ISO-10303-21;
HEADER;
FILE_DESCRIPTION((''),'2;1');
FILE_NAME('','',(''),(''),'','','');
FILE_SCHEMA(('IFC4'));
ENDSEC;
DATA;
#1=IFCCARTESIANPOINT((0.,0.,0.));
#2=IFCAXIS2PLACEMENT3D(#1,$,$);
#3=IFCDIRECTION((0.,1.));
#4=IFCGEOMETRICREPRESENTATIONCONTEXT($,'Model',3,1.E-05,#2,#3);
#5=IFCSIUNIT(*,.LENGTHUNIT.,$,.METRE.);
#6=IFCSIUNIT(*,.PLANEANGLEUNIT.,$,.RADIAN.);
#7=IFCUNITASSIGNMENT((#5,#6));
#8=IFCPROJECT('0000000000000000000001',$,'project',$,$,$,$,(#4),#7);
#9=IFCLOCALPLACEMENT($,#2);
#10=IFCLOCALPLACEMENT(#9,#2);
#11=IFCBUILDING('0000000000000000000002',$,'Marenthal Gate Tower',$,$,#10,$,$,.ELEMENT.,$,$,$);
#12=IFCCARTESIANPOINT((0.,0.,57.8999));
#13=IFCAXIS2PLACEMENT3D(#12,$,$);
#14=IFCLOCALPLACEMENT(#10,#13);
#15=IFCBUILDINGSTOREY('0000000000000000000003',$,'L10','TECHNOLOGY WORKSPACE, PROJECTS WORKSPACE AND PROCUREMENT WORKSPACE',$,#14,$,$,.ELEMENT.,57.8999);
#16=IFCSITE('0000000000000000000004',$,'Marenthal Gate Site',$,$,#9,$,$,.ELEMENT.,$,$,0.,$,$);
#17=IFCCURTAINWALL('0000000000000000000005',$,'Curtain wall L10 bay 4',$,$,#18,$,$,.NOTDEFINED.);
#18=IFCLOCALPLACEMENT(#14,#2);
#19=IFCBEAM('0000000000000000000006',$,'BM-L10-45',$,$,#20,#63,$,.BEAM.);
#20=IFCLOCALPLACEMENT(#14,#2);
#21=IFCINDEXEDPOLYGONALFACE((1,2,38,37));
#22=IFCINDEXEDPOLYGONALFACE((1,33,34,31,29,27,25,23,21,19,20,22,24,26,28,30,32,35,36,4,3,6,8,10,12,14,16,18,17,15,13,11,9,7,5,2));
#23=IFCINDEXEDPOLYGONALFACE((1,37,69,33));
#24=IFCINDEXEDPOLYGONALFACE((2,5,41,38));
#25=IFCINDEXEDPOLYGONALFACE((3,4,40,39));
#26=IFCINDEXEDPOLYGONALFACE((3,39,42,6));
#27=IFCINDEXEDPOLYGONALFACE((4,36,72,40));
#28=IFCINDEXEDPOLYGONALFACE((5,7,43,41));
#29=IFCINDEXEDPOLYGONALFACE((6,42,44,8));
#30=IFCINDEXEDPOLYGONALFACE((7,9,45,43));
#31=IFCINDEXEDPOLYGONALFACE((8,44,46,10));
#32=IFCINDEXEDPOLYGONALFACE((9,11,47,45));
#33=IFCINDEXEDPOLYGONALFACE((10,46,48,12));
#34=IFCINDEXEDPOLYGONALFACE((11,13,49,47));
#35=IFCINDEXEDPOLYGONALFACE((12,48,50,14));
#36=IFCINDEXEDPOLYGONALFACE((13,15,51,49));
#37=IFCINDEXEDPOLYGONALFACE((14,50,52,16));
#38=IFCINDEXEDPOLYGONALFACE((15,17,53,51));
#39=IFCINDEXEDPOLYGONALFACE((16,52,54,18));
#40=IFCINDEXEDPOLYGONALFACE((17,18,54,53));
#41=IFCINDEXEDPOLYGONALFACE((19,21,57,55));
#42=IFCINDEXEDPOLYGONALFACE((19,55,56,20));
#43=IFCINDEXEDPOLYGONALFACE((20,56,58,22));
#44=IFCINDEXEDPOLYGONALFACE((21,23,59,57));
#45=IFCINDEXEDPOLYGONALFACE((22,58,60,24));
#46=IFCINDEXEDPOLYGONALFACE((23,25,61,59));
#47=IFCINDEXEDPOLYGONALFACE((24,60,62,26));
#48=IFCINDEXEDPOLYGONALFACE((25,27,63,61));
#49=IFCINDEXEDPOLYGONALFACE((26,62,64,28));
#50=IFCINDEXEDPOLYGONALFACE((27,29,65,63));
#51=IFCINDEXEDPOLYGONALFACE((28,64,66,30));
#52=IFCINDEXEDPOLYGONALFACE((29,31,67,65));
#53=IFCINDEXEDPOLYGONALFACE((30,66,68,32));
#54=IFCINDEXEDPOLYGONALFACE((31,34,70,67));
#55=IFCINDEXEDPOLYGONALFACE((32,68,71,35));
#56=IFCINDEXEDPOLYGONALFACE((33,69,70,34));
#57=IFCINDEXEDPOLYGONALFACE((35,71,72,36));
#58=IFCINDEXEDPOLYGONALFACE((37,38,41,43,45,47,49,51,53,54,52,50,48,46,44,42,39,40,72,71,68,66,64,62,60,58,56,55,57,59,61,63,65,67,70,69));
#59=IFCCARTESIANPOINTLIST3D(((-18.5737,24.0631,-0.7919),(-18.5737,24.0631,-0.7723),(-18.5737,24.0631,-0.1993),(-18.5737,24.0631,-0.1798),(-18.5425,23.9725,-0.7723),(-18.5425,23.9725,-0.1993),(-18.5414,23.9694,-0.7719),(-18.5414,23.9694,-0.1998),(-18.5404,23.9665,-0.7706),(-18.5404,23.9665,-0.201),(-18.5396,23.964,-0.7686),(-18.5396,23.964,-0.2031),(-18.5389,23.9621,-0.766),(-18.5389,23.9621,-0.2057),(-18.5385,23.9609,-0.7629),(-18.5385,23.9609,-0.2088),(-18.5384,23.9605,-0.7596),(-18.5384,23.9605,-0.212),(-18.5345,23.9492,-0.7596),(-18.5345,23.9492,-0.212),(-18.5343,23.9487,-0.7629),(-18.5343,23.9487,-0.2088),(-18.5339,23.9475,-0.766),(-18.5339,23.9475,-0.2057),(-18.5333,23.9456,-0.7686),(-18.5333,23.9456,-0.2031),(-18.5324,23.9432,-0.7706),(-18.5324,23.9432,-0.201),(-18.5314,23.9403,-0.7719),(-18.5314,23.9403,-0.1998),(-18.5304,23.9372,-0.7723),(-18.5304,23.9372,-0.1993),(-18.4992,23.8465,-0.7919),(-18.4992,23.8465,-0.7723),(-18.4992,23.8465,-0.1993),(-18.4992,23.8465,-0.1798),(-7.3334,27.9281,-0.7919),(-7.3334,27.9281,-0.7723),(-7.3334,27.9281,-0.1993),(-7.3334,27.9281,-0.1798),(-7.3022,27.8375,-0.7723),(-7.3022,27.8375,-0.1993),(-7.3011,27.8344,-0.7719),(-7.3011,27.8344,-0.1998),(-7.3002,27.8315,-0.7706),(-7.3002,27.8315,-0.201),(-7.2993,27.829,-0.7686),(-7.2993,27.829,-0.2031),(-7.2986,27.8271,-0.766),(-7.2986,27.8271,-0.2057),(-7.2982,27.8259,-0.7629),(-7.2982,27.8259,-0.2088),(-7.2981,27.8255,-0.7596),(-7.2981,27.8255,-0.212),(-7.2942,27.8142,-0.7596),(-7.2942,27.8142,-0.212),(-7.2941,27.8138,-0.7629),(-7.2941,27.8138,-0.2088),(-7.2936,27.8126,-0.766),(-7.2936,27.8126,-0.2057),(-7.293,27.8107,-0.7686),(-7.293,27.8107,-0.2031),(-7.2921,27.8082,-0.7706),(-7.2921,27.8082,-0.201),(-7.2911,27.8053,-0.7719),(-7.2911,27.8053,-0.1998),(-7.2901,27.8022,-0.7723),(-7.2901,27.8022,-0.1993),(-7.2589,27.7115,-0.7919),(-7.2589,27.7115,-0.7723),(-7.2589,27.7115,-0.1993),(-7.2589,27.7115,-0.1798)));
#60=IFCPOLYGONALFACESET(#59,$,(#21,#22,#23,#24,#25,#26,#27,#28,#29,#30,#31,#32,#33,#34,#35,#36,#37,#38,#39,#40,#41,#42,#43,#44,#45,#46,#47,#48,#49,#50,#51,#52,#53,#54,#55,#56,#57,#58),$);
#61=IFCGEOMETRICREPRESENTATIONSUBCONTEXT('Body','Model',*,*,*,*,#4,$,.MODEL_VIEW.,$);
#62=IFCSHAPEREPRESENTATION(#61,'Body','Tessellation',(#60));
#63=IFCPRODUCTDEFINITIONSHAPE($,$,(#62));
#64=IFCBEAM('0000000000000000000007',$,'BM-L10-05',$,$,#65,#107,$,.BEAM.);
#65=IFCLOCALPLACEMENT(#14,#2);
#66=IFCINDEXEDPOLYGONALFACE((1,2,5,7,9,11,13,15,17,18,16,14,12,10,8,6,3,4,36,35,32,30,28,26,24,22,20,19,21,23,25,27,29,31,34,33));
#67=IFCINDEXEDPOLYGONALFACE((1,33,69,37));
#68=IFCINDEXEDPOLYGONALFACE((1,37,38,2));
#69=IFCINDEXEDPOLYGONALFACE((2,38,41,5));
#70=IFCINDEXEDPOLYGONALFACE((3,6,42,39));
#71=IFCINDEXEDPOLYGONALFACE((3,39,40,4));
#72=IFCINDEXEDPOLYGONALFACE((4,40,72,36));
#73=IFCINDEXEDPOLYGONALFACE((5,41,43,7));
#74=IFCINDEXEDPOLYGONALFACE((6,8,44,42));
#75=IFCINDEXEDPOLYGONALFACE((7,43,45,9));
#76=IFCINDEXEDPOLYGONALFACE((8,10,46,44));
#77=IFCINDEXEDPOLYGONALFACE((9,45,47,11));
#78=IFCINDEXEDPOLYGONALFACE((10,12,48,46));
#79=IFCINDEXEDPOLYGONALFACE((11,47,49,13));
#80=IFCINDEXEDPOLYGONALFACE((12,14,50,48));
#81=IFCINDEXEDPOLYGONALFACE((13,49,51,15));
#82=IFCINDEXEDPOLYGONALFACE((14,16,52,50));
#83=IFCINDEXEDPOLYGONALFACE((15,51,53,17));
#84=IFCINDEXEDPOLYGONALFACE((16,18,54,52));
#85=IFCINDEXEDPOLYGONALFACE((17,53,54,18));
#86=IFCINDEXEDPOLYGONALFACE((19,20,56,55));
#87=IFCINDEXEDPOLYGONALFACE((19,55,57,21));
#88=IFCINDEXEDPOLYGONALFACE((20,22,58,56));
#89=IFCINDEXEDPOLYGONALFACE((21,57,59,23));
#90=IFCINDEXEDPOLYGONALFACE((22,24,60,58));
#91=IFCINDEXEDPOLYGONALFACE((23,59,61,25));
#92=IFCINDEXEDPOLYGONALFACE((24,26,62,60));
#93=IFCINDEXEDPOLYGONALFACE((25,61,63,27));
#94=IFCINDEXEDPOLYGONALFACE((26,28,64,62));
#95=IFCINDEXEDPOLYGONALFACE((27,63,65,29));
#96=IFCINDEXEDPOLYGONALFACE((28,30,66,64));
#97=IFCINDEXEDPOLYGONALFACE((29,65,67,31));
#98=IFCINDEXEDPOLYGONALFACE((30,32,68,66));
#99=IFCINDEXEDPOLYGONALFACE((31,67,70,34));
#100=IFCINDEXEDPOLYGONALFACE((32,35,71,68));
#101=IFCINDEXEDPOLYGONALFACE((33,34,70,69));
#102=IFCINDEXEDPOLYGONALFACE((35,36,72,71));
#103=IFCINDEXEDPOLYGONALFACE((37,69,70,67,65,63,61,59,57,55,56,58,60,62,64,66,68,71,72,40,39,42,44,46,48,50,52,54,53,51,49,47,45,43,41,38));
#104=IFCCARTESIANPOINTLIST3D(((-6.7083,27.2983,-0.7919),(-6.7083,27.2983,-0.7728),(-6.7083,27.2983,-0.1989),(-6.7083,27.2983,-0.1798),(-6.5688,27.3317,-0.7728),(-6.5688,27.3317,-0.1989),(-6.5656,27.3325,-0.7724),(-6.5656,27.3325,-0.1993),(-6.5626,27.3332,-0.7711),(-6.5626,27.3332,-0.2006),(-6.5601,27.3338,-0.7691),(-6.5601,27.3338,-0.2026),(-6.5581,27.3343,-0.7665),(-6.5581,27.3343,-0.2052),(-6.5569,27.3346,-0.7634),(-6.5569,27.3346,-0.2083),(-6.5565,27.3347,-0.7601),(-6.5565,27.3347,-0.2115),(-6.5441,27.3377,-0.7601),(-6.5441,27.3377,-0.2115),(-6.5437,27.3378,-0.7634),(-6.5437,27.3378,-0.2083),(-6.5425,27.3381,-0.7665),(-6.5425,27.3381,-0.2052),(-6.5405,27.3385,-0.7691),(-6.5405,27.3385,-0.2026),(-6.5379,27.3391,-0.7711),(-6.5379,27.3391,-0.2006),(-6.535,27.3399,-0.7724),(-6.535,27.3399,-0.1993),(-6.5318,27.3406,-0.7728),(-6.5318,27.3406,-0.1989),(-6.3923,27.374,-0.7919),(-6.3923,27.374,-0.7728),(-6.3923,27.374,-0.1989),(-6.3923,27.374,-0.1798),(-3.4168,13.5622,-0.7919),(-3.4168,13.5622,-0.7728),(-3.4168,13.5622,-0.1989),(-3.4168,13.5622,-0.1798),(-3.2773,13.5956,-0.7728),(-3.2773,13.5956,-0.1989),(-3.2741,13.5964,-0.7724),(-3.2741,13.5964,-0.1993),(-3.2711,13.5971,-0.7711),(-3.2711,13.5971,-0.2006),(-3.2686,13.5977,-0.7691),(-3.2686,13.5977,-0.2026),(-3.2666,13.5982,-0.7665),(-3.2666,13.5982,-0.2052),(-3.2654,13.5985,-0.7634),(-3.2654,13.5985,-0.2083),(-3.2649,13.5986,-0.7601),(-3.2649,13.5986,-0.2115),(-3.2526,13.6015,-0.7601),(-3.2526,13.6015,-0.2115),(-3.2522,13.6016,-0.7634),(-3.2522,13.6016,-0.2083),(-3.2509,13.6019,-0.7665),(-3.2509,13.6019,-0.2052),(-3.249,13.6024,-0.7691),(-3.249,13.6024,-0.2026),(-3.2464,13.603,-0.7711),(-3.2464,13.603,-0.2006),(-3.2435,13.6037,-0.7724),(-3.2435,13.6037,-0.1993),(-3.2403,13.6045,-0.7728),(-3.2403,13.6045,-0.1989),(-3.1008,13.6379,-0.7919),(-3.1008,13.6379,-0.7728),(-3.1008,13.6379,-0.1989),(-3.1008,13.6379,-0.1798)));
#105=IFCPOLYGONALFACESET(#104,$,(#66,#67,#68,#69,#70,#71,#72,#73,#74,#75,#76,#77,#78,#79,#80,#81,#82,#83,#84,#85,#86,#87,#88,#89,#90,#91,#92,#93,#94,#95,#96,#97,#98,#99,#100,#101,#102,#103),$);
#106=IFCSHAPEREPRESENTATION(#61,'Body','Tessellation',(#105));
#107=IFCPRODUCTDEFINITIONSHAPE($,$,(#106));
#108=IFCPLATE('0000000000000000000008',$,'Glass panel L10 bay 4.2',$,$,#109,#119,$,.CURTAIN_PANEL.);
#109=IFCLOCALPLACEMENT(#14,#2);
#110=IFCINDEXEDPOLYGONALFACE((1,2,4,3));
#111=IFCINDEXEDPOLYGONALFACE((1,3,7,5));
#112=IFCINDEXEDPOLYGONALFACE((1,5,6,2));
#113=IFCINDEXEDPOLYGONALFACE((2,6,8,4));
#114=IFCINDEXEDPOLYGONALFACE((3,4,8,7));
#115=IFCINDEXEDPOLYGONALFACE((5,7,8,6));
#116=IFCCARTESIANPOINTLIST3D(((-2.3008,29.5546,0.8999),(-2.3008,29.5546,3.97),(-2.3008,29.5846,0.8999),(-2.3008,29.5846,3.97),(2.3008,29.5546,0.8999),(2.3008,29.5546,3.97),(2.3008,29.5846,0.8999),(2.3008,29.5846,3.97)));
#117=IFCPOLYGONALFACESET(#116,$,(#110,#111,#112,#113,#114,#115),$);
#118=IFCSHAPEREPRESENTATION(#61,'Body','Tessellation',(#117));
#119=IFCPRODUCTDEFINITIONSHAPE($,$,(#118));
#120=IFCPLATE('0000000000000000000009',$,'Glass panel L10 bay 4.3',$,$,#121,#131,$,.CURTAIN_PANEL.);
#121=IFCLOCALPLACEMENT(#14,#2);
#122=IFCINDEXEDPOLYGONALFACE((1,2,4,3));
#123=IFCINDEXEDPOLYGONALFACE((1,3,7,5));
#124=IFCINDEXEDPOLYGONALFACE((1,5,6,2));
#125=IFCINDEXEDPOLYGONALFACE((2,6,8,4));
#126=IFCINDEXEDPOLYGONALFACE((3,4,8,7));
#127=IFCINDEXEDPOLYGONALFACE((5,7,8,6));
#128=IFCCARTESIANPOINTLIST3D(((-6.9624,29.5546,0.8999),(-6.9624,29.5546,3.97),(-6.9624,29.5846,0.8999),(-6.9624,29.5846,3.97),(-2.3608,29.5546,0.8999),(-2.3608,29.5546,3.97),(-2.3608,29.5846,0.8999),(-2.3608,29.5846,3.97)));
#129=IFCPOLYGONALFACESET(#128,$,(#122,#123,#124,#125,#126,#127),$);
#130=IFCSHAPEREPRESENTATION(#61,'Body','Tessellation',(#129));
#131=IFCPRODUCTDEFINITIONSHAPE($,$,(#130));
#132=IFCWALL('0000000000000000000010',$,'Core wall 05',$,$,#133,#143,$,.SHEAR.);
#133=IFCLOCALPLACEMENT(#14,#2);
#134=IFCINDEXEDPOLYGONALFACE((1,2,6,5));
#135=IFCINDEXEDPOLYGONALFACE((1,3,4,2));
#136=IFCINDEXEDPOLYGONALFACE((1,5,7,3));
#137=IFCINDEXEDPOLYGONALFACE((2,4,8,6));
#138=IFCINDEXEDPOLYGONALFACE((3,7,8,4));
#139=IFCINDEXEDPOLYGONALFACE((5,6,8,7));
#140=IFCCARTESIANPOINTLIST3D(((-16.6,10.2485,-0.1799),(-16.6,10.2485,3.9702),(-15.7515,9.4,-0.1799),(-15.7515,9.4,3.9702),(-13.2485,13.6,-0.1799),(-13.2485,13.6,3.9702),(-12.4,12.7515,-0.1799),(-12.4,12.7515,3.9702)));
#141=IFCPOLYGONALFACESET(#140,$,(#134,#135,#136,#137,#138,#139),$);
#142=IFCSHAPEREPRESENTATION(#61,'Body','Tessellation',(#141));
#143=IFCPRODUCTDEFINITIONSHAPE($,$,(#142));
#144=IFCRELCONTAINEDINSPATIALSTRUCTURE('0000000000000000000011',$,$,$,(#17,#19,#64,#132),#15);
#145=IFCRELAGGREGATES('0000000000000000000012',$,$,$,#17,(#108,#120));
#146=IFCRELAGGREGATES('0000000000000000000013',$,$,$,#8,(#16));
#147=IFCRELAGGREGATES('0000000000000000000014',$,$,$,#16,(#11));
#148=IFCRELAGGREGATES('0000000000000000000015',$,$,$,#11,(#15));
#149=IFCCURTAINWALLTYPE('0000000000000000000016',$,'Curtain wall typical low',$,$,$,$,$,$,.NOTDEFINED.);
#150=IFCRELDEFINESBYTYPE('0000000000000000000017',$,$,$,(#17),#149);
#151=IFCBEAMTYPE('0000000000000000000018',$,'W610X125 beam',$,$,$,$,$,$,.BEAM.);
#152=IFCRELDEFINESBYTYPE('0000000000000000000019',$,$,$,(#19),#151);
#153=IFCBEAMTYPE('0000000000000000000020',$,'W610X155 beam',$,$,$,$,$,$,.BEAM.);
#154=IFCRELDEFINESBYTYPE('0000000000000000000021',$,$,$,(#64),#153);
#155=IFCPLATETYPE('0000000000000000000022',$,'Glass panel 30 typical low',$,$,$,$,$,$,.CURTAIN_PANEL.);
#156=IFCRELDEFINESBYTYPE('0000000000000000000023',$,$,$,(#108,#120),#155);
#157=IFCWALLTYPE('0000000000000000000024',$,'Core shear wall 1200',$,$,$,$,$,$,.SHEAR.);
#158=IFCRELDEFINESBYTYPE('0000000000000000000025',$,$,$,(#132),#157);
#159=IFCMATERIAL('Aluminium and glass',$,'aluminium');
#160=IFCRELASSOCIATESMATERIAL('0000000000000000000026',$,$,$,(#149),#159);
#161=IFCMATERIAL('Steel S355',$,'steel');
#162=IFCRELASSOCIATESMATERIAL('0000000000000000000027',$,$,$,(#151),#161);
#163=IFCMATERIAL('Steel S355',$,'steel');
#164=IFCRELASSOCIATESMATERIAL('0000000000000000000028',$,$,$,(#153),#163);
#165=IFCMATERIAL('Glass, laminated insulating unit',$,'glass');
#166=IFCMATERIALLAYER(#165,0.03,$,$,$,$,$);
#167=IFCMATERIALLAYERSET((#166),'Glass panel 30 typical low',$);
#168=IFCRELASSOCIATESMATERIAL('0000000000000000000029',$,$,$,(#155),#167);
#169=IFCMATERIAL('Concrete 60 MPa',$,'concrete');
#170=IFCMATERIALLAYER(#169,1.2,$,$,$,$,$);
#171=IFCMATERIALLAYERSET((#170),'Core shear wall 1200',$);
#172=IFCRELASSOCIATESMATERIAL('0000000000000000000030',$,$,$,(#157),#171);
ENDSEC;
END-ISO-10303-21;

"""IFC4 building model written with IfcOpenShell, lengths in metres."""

from ifc_helpers import new_model, si_unit, direction, frame, frame_2d, origin, origin_2d, place, context, subcontext, project, spatial, rectangle, i_section, extrude, material, layer, layer_set, material_profile, profile_set, type_object, element, aggregate, save


model = new_model("IFC4")

# Units and contexts
model_context = context("Model", 3, precision=1e-05, world=origin(), true_north=direction((0.0, 1.0)))
body_context = subcontext(model_context, "Body", "Model", "MODEL_VIEW")
ifc_project = project(units=[si_unit("LENGTHUNIT", "METRE"), si_unit("PLANEANGLEUNIT", "RADIAN")], contexts=[model_context])

# Site, building, storey
site_placement = place(None, origin())
site = spatial("IfcSite", under=ifc_project, at=site_placement, Name="Marenthal Gate Site", CompositionType="ELEMENT", RefElevation=0.0)
building_placement = place(site_placement, origin())
building = spatial("IfcBuilding", under=site, at=building_placement, Name="Marenthal Gate Tower", CompositionType="ELEMENT")
storey_placement = place(building_placement, frame((0.0, 0.0, 57.8999)))
storey = spatial("IfcBuildingStorey", under=building, at=storey_placement, Name="L10", Description="TECHNOLOGY WORKSPACE, PROJECTS WORKSPACE AND PROCUREMENT WORKSPACE", CompositionType="ELEMENT", Elevation=57.8999)

# Curtain wall
ifc_material_1 = material(Name="Aluminium and glass", Category="aluminium")
curtain_wall_type = type_object("IfcCurtainWallType", Name="Curtain wall typical low", PredefinedType="NOTDEFINED", material=ifc_material_1)
curtain_wall_placement = place(storey_placement, origin())
curtain_wall = element("IfcCurtainWall", 1, at=curtain_wall_placement, inside=storey, type_object=curtain_wall_type, Name="Curtain wall L10 bay 4", PredefinedType="NOTDEFINED")

# Beams
ifc_material_2 = material(Name="Steel S355", Category="steel")
ifc_material_profile_1 = material_profile(ifc_material_2, i_section(OverallWidth=0.229, OverallDepth=0.6121, WebThickness=0.012, FlangeThickness=0.0195, FilletRadius=0.0127, at=origin_2d()), Name="W610X125")
ifc_profile_set_1 = profile_set([ifc_material_profile_1], Name="Steel S355")
beam_type_1 = type_object("IfcBeamType", Name="W610X125 beam", PredefinedType="BEAM", material=ifc_profile_set_1)
beam_1_placement = place(storey_placement, frame((-7.2961, 27.8198, -0.4858), z_axis=(-0.945657, -0.325167, 0.0), x_axis=(0.325167, -0.945657, 0.0)))
element("IfcBeam", 2, at=beam_1_placement, inside=storey, type_object=beam_type_1, Name="BM-L10-45", PredefinedType="BEAM", context=body_context, shape_type="SweptSolid", body=[
    extrude(i_section(OverallWidth=0.229, OverallDepth=0.6121, WebThickness=0.012, FlangeThickness=0.0195, FilletRadius=0.0127, at=origin_2d()), origin(), (0.0, 0.0, 1.0), 11.8862),
])
ifc_material_3 = material(Name="Steel S355", Category="steel")
ifc_material_profile_2 = material_profile(ifc_material_3, i_section(OverallWidth=0.325, OverallDepth=0.6121, WebThickness=0.0127, FlangeThickness=0.019, FilletRadius=0.0127, at=origin_2d()), Name="W610X155")
ifc_profile_set_2 = profile_set([ifc_material_profile_2], Name="Steel S355")
beam_type_2 = type_object("IfcBeamType", Name="W610X155 beam", PredefinedType="BEAM", material=ifc_profile_set_2)
beam_2_placement = place(storey_placement, frame((-6.5503, 27.3362, -0.4858), z_axis=(0.233028, -0.97247, 0.0), x_axis=(0.97247, 0.233028, 0.0)))
element("IfcBeam", 3, at=beam_2_placement, inside=storey, type_object=beam_type_2, Name="BM-L10-05", PredefinedType="BEAM", context=body_context, shape_type="SweptSolid", body=[
    extrude(i_section(OverallWidth=0.325, OverallDepth=0.6121, WebThickness=0.0127, FlangeThickness=0.019, FilletRadius=0.0127, at=origin_2d()), origin(), (0.0, 0.0, 1.0), 14.125),
])

# Plates
ifc_material_4 = material(Name="Glass, laminated insulating unit", Category="glass")
ifc_layer_1 = layer(ifc_material_4, 0.03)
ifc_layer_set_1 = layer_set([ifc_layer_1], Name="Glass panel 30 typical low")
plate_type = type_object("IfcPlateType", Name="Glass panel 30 typical low", PredefinedType="CURTAIN_PANEL", material=ifc_layer_set_1)
plate_1_placement = place(storey_placement, frame((0.0, 29.5696, 0.8999), z_axis=(0.0, 0.0, 1.0), x_axis=(-1.0, 0.0, 0.0)))
plate_1 = element("IfcPlate", 4, at=plate_1_placement, type_object=plate_type, Name="Glass panel L10 bay 4.2", PredefinedType="CURTAIN_PANEL", context=body_context, shape_type="SweptSolid", body=[
    extrude(rectangle(XDim=4.6016, YDim=0.03, at=origin_2d()), origin(), (0.0, 0.0, 1.0), 3.0701),
])
plate_2_placement = place(storey_placement, frame((-4.6616, 29.5696, 0.8999), z_axis=(0.0, 0.0, 1.0), x_axis=(-1.0, 0.0, 0.0)))
plate_2 = element("IfcPlate", 5, at=plate_2_placement, type_object=plate_type, Name="Glass panel L10 bay 4.3", PredefinedType="CURTAIN_PANEL", context=body_context, shape_type="SweptSolid", body=[
    extrude(rectangle(XDim=4.6016, YDim=0.03, at=origin_2d()), origin(), (0.0, 0.0, 1.0), 3.0701),
])
aggregate(curtain_wall, [plate_1, plate_2])

# Wall
ifc_material_5 = material(Name="Concrete 60 MPa", Category="concrete")
ifc_layer_2 = layer(ifc_material_5, 1.2)
ifc_layer_set_2 = layer_set([ifc_layer_2], Name="Core shear wall 1200")
wall_type_1 = type_object("IfcWallType", Name="Core shear wall 1200", PredefinedType="SHEAR", material=ifc_layer_set_2)
wall_1_placement = place(storey_placement, frame((-12.8242, 13.1758, -0.1799), z_axis=(0.0, 0.0, 1.0), x_axis=(-0.707107, -0.707107, 0.0)))
element("IfcWall", 6, at=wall_1_placement, inside=storey, type_object=wall_type_1, Name="Core wall 05", PredefinedType="SHEAR", context=body_context, shape_type="SweptSolid", body=[
    extrude(rectangle(XDim=4.7397, YDim=1.2, at=frame_2d((2.3699, 0.0))), origin(), (0.0, 0.0, 1.0), 4.1501),
])

save(model, "model.ifc")
